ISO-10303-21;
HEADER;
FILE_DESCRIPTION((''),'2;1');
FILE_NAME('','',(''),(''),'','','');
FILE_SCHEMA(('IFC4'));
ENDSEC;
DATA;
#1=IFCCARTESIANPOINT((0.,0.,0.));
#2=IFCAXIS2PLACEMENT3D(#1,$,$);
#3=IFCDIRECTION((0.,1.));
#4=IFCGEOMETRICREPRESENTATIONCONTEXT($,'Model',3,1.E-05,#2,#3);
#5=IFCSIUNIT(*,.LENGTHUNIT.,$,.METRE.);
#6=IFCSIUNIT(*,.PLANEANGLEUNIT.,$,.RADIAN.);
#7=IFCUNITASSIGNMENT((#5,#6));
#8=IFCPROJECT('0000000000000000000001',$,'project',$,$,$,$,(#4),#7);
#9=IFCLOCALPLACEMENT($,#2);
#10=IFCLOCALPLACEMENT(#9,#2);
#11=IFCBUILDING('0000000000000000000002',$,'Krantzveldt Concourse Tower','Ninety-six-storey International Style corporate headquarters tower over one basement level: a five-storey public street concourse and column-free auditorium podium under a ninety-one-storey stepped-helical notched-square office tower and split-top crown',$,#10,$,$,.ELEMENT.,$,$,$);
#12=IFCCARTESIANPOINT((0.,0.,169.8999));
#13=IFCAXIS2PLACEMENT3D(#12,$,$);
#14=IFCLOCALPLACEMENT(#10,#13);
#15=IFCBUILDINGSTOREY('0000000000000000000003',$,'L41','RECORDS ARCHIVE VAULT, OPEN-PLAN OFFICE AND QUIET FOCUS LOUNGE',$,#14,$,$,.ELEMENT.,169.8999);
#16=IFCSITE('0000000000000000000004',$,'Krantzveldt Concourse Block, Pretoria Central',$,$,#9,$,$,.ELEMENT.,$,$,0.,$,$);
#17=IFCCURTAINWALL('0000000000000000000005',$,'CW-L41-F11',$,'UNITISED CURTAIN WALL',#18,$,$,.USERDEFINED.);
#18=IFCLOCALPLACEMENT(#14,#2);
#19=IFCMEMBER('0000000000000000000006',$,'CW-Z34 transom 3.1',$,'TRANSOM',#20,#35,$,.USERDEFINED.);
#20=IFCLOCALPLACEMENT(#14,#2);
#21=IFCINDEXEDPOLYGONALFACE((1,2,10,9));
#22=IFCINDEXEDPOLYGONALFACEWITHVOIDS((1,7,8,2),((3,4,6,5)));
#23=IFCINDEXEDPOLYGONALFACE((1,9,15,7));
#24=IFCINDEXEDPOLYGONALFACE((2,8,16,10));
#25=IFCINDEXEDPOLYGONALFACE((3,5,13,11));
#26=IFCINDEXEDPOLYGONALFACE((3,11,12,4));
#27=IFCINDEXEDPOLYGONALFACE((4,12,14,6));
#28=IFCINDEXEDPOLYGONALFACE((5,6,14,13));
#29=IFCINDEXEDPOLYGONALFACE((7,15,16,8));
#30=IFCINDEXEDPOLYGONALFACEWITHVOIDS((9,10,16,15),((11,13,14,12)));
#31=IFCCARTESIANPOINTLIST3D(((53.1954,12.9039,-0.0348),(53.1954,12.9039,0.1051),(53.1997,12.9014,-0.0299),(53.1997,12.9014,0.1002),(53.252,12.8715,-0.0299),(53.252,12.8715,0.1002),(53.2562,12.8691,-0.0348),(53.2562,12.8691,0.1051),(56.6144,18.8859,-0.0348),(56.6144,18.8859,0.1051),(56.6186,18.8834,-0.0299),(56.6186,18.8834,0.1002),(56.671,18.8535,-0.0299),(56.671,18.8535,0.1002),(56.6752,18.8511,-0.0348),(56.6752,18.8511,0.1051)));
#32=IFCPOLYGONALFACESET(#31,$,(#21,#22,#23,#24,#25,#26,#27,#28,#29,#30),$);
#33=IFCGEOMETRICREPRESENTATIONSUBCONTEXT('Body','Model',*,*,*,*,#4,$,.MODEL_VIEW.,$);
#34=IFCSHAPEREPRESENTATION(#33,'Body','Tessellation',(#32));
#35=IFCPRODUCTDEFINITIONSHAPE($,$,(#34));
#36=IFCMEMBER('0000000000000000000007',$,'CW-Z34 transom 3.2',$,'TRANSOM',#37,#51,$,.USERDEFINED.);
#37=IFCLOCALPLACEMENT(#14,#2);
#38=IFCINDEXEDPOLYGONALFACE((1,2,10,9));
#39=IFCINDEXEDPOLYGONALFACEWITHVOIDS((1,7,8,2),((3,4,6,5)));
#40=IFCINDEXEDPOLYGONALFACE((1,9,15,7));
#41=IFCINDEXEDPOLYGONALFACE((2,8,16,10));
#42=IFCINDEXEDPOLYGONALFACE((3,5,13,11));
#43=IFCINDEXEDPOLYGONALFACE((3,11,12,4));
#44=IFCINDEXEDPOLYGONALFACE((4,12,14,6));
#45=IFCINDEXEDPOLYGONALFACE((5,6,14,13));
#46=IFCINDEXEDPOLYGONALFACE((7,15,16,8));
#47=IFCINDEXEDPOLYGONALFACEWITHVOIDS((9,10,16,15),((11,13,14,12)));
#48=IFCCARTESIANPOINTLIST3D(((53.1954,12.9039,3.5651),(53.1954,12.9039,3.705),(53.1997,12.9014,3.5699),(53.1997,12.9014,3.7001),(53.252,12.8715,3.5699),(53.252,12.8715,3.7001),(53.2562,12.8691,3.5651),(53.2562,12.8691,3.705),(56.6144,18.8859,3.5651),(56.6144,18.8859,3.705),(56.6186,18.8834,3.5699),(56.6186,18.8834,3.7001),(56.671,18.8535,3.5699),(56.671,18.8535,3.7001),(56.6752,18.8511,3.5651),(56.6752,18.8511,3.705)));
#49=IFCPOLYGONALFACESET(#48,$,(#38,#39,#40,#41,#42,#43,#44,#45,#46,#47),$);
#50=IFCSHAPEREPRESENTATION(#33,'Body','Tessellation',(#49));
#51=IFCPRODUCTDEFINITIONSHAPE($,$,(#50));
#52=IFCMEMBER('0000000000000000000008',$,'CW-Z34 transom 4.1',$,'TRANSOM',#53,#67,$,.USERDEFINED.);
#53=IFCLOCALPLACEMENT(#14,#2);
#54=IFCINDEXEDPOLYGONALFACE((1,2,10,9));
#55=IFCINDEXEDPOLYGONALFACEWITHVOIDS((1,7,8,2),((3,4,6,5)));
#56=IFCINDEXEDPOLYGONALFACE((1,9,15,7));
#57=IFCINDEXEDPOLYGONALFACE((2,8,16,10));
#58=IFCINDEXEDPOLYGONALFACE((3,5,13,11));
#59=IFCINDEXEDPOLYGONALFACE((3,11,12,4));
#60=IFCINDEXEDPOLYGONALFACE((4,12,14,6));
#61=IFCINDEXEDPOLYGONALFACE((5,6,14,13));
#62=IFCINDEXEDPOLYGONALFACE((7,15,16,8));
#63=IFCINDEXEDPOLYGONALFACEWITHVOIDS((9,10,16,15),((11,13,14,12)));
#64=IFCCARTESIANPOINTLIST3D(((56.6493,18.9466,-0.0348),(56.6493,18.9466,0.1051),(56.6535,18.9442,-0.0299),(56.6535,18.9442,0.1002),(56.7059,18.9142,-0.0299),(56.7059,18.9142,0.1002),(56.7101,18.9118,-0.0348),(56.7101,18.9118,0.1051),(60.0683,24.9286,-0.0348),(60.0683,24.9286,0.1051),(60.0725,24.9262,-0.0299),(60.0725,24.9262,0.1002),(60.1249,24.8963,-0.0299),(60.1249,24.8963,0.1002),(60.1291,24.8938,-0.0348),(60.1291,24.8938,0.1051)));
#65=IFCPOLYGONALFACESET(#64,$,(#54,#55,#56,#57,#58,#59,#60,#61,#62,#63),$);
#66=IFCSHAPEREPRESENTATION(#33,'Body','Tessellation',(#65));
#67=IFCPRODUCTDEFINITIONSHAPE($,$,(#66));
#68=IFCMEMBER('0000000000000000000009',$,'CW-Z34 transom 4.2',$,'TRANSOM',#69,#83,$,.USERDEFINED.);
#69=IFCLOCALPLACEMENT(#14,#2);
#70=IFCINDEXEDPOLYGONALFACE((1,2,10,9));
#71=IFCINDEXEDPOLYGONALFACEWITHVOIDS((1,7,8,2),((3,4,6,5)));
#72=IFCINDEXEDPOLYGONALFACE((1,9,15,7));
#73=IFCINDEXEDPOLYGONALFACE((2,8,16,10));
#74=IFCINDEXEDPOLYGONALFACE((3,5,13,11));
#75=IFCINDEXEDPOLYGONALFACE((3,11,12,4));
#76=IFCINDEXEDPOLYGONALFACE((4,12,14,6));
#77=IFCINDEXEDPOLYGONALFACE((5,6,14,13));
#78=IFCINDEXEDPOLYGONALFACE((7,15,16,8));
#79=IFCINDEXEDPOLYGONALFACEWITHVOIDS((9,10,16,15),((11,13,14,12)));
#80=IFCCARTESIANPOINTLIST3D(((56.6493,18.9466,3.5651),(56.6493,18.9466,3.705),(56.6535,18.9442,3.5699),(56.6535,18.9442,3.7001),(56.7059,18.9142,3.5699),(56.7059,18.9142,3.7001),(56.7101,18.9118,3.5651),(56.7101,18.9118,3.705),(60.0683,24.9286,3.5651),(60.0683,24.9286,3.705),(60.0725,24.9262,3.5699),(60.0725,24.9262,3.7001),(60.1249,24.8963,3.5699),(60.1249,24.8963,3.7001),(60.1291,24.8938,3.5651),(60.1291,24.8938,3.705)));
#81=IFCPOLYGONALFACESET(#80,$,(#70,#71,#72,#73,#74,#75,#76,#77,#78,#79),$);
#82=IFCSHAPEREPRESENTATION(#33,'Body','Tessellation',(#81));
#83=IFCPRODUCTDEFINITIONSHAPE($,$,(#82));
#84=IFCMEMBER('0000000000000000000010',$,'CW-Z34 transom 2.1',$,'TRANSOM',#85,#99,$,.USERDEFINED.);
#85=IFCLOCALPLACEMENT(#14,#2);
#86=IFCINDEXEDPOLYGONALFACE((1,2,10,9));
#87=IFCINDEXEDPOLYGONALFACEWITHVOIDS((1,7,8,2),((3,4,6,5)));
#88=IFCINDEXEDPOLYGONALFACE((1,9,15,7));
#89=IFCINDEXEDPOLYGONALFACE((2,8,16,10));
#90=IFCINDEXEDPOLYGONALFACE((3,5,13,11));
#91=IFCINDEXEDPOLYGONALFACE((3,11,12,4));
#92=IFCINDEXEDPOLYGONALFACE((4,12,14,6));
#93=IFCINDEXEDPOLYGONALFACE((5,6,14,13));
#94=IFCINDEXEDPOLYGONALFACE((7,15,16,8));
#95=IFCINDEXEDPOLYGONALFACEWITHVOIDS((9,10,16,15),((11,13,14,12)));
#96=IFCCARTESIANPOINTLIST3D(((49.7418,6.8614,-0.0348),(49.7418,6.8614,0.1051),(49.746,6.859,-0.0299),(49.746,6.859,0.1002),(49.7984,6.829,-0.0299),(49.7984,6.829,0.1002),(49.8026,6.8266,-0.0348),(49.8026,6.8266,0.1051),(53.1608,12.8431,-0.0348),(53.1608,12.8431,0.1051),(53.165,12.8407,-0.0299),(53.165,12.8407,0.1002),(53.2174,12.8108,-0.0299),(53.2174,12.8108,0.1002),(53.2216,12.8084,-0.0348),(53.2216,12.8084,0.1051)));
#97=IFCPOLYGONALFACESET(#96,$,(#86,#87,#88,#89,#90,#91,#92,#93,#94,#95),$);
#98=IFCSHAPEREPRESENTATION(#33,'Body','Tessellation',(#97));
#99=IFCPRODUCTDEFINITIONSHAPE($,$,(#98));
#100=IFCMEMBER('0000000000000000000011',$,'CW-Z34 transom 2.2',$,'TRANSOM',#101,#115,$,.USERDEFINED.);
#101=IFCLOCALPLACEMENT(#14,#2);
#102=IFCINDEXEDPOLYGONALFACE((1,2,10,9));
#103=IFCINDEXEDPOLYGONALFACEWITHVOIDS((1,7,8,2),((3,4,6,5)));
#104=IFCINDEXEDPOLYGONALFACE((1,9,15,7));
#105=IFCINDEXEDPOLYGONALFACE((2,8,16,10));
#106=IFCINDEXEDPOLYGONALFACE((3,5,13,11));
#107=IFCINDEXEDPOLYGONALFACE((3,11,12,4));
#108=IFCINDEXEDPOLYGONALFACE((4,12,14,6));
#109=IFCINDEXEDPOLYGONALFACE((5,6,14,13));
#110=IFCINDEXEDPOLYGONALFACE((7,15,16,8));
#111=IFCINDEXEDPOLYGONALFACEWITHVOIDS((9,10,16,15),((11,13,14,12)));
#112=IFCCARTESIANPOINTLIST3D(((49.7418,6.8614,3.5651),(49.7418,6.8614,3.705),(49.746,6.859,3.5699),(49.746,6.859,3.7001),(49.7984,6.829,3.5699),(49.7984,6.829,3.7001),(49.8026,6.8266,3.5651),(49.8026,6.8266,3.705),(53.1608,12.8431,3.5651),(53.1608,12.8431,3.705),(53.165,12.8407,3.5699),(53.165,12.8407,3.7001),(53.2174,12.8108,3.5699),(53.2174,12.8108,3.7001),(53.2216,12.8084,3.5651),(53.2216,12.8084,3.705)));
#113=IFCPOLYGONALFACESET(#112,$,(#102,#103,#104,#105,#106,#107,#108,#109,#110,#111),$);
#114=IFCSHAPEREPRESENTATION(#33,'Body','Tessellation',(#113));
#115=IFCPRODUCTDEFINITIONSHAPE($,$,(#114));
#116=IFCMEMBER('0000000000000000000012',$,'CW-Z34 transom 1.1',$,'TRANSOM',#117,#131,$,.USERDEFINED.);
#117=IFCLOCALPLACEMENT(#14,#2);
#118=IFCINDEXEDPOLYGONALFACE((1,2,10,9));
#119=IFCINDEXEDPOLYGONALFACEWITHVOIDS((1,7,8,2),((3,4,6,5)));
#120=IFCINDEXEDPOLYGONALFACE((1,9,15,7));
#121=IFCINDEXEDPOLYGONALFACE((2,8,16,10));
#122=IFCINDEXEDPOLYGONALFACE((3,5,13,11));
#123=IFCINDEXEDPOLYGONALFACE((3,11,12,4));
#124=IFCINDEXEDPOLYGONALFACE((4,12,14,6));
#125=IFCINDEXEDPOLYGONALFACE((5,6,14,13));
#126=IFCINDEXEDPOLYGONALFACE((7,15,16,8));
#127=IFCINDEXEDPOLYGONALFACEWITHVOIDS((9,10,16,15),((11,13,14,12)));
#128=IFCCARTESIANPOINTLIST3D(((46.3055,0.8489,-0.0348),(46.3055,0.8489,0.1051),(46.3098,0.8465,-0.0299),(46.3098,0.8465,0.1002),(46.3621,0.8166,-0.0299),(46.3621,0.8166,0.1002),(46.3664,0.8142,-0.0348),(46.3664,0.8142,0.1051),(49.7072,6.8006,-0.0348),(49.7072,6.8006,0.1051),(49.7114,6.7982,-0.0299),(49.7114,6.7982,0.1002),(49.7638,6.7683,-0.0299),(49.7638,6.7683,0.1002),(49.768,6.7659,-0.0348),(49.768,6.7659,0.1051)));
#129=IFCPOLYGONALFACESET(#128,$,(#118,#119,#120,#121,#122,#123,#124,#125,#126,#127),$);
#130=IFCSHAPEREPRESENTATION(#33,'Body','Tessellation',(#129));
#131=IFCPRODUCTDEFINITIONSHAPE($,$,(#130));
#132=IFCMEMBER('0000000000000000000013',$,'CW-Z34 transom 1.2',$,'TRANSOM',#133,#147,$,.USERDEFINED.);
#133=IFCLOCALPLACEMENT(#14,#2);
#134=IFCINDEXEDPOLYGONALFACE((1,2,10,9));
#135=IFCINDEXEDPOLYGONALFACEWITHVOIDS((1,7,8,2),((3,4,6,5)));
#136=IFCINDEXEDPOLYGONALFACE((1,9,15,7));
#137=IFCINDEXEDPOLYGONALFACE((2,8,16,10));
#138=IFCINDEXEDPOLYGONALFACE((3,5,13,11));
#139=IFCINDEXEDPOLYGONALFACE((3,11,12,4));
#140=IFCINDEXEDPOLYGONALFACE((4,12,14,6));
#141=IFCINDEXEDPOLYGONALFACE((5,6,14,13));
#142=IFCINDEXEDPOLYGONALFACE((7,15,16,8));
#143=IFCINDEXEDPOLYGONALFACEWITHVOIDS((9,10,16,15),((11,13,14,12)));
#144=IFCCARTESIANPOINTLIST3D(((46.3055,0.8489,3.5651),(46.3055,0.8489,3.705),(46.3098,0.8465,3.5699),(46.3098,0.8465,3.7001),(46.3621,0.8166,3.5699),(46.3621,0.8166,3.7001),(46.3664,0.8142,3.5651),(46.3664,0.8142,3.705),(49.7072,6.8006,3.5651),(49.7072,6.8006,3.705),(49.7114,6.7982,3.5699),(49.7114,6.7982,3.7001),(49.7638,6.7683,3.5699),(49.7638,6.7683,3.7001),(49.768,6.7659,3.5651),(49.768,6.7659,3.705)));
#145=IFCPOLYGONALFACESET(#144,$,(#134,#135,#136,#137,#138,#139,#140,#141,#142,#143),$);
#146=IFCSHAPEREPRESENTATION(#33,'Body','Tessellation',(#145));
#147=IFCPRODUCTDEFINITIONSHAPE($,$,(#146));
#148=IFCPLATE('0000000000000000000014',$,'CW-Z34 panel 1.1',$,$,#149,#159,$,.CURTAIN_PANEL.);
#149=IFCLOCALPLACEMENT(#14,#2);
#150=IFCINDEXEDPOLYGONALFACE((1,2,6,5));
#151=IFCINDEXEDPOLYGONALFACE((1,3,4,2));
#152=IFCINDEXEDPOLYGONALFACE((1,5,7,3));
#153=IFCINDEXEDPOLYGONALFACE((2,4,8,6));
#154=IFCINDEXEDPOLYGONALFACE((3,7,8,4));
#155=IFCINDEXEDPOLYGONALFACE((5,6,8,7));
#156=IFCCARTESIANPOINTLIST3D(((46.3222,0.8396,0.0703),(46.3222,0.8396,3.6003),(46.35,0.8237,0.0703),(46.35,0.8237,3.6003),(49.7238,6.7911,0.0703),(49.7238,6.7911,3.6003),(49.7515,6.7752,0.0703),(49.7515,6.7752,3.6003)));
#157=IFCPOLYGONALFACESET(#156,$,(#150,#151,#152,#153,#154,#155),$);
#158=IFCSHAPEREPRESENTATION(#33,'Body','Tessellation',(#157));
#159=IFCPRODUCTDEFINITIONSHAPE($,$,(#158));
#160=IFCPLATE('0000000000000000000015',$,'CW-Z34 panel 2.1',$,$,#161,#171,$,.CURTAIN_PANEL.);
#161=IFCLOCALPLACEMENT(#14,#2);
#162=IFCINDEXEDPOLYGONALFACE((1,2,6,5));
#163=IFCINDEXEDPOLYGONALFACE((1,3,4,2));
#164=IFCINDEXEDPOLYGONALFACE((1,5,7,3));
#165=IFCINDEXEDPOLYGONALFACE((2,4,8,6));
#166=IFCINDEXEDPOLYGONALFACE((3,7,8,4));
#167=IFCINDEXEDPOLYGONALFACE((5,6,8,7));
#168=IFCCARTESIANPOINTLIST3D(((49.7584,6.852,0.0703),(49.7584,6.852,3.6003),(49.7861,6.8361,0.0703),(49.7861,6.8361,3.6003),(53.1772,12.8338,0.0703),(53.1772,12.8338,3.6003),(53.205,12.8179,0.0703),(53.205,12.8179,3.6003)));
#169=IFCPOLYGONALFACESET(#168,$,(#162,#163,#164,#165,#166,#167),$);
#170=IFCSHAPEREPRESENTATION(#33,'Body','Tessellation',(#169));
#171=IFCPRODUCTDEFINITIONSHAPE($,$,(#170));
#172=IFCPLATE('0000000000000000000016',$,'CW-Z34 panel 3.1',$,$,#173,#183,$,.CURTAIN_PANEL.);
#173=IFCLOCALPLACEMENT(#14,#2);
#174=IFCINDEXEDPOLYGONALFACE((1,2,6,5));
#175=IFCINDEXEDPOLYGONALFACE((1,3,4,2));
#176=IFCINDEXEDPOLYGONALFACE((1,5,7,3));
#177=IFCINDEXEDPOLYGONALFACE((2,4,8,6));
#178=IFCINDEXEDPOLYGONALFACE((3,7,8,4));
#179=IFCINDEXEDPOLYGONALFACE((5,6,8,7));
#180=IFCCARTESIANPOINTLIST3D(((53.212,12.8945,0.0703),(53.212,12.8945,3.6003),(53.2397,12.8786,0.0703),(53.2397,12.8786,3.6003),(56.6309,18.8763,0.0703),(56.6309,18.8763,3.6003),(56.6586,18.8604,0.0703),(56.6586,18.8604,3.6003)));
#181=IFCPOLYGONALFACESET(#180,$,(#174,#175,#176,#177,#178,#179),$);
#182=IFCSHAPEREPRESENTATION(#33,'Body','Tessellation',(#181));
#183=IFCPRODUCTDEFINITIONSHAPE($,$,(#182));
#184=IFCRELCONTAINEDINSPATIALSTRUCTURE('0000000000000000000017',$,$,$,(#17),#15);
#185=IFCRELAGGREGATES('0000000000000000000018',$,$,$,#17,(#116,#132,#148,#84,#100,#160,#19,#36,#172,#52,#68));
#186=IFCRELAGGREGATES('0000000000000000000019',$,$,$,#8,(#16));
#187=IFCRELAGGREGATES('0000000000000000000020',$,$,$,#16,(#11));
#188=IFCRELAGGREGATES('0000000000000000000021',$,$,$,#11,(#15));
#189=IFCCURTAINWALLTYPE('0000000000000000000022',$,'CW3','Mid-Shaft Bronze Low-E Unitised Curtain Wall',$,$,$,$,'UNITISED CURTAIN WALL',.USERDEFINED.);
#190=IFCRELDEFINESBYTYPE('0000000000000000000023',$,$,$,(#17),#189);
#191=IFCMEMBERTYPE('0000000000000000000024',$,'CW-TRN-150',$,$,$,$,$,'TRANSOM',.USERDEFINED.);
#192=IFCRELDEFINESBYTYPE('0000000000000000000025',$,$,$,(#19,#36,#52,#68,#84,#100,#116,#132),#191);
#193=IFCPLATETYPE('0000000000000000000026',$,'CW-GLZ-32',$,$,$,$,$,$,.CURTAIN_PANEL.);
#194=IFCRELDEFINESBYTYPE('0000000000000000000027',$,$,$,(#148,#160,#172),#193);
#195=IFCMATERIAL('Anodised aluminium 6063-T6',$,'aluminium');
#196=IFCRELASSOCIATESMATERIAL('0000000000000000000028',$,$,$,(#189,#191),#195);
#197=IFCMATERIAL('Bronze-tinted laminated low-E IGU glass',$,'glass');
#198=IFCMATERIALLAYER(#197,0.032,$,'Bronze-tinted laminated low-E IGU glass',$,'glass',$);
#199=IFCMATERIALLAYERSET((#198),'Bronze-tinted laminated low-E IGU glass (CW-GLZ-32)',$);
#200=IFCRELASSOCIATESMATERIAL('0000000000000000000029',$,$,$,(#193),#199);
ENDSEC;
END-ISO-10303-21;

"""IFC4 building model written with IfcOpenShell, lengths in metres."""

from ifc_helpers import new_model, si_unit, direction, frame, origin, origin_2d, place, context, subcontext, project, spatial, rectangle, hollow_rectangle, extrude, source, transform, mapped, material, layer, layer_set, material_profile, profile_set, type_object, type_shapes, element, aggregate, save


model = new_model("IFC4")

# Units and contexts
model_context = context("Model", 3, precision=1e-05, world=origin(), true_north=direction((0.0, 1.0)))
body_context = subcontext(model_context, "Body", "Model", "MODEL_VIEW")
ifc_project = project(units=[si_unit("LENGTHUNIT", "METRE"), si_unit("PLANEANGLEUNIT", "RADIAN")], contexts=[model_context])

# Site, building, storey
site_placement = place(None, origin())
site = spatial("IfcSite", under=ifc_project, at=site_placement, Name="Krantzveldt Concourse Block, Pretoria Central", CompositionType="ELEMENT", RefElevation=0.0)
building_placement = place(site_placement, origin())
building = spatial("IfcBuilding", under=site, at=building_placement, Name="Krantzveldt Concourse Tower", Description="Ninety-six-storey International Style corporate headquarters tower over one basement level: a five-storey public street concourse and column-free auditorium podium under a ninety-one-storey stepped-helical notched-square office tower and split-top crown", CompositionType="ELEMENT")
storey_placement = place(building_placement, frame((0.0, 0.0, 169.8999)))
storey = spatial("IfcBuildingStorey", under=building, at=storey_placement, Name="L41", Description="RECORDS ARCHIVE VAULT, OPEN-PLAN OFFICE AND QUIET FOCUS LOUNGE", CompositionType="ELEMENT", Elevation=169.8999)

# Curtain wall, members, plates
ifc_material_1 = material(Name="Anodised aluminium 6063-T6", Category="aluminium")
curtain_wall_type = type_object("IfcCurtainWallType", Name="CW3", Description="Mid-Shaft Bronze Low-E Unitised Curtain Wall", ElementType="UNITISED CURTAIN WALL", PredefinedType="USERDEFINED", material=ifc_material_1)
curtain_wall_placement = place(storey_placement, origin())
curtain_wall = element("IfcCurtainWall", 1, at=curtain_wall_placement, inside=storey, type_object=curtain_wall_type, Name="CW-L41-F11", ObjectType="UNITISED CURTAIN WALL", PredefinedType="USERDEFINED")
ifc_material_profile_1 = material_profile(ifc_material_1, hollow_rectangle(XDim=0.0701, YDim=0.1399, WallThickness=0.0049, at=origin_2d()), Name="Anodised aluminium 6063-T6", Category="aluminium")
ifc_profile_set_1 = profile_set([ifc_material_profile_1], Name="Anodised aluminium 6063-T6 - ALU-TRAN 140x70x5")
member_type_1 = type_object("IfcMemberType", Name="CW-TRN-150", ElementType="TRANSOM", PredefinedType="USERDEFINED", material=ifc_profile_set_1)
shared_shape_1 = source(origin(), body_context, "Body", "SweptSolid", [
    extrude(hollow_rectangle(XDim=0.0701, YDim=0.1399, WallThickness=0.0049, at=origin_2d()), origin(), (0.0, 0.0, 1.0), 6.8901),
])
member_1_placement = place(storey_placement, frame((53.2258, 12.8865, 0.0352), z_axis=(0.496215, 0.8682, 0.0), x_axis=(-0.8682, 0.496215, 0.0)))
member_1 = element("IfcMember", 2, at=member_1_placement, type_object=member_type_1, Name="CW-Z34 transom 3.1", ObjectType="TRANSOM", PredefinedType="USERDEFINED", context=body_context, shape_type="MappedRepresentation", body=[
    mapped(shared_shape_1, transform((0.0, 0.0, 0.0), x_axis=(1.0, 0.0, 0.0), y_axis=(0.0, 1.0, 0.0), z_axis=(0.0, 0.0, 1.0), scale=1.0)),
])
member_2_placement = place(storey_placement, frame((53.2258, 12.8865, 3.635), z_axis=(0.496215, 0.8682, 0.0), x_axis=(-0.8682, 0.496215, 0.0)))
member_2 = element("IfcMember", 3, at=member_2_placement, type_object=member_type_1, Name="CW-Z34 transom 3.2", ObjectType="TRANSOM", PredefinedType="USERDEFINED", context=body_context, shape_type="MappedRepresentation", body=[
    mapped(shared_shape_1, transform((0.0, 0.0, 0.0), x_axis=(1.0, 0.0, 0.0), y_axis=(0.0, 1.0, 0.0), z_axis=(0.0, 0.0, 1.0), scale=1.0)),
])
member_3_placement = place(storey_placement, frame((56.6797, 18.9292, 0.0352), z_axis=(0.496215, 0.8682, 0.0), x_axis=(-0.8682, 0.496215, 0.0)))
member_3 = element("IfcMember", 4, at=member_3_placement, type_object=member_type_1, Name="CW-Z34 transom 4.1", ObjectType="TRANSOM", PredefinedType="USERDEFINED", context=body_context, shape_type="MappedRepresentation", body=[
    mapped(shared_shape_1, transform((0.0, 0.0, 0.0), x_axis=(1.0, 0.0, 0.0), y_axis=(0.0, 1.0, 0.0), z_axis=(0.0, 0.0, 1.0), scale=1.0)),
])
member_4_placement = place(storey_placement, frame((56.6797, 18.9292, 3.635), z_axis=(0.496215, 0.8682, 0.0), x_axis=(-0.8682, 0.496215, 0.0)))
member_4 = element("IfcMember", 5, at=member_4_placement, type_object=member_type_1, Name="CW-Z34 transom 4.2", ObjectType="TRANSOM", PredefinedType="USERDEFINED", context=body_context, shape_type="MappedRepresentation", body=[
    mapped(shared_shape_1, transform((0.0, 0.0, 0.0), x_axis=(1.0, 0.0, 0.0), y_axis=(0.0, 1.0, 0.0), z_axis=(0.0, 0.0, 1.0), scale=1.0)),
])
shared_shape_2 = source(origin(), body_context, "Body", "SweptSolid", [
    extrude(hollow_rectangle(XDim=0.0701, YDim=0.1399, WallThickness=0.0049, at=origin_2d()), origin(), (0.0, 0.0, 1.0), 6.8899),
])
member_5_placement = place(storey_placement, frame((49.7722, 6.844, 0.0352), z_axis=(0.496231, 0.868191, 0.0), x_axis=(-0.868191, 0.496231, 0.0)))
member_5 = element("IfcMember", 6, at=member_5_placement, type_object=member_type_1, Name="CW-Z34 transom 2.1", ObjectType="TRANSOM", PredefinedType="USERDEFINED", context=body_context, shape_type="MappedRepresentation", body=[
    mapped(shared_shape_2, transform((0.0, 0.0, 0.0), x_axis=(1.0, 0.0, 0.0), y_axis=(0.0, 1.0, 0.0), z_axis=(0.0, 0.0, 1.0), scale=1.0)),
])
member_6_placement = place(storey_placement, frame((49.7722, 6.844, 3.635), z_axis=(0.496231, 0.868191, 0.0), x_axis=(-0.868191, 0.496231, 0.0)))
member_6 = element("IfcMember", 7, at=member_6_placement, type_object=member_type_1, Name="CW-Z34 transom 2.2", ObjectType="TRANSOM", PredefinedType="USERDEFINED", context=body_context, shape_type="MappedRepresentation", body=[
    mapped(shared_shape_2, transform((0.0, 0.0, 0.0), x_axis=(1.0, 0.0, 0.0), y_axis=(0.0, 1.0, 0.0), z_axis=(0.0, 0.0, 1.0), scale=1.0)),
])
shared_shape_3 = source(origin(), body_context, "Body", "SweptSolid", [
    extrude(hollow_rectangle(XDim=0.0701, YDim=0.1399, WallThickness=0.0049, at=origin_2d()), origin(), (0.0, 0.0, 1.0), 6.8552),
])
type_shapes(member_type_1, [shared_shape_1, shared_shape_2, shared_shape_3])
member_7_placement = place(storey_placement, frame((46.3359, 0.8315, 0.0352), z_axis=(0.496212, 0.868201, 0.0), x_axis=(-0.868201, 0.496212, 0.0)))
member_7 = element("IfcMember", 8, at=member_7_placement, type_object=member_type_1, Name="CW-Z34 transom 1.1", ObjectType="TRANSOM", PredefinedType="USERDEFINED", context=body_context, shape_type="MappedRepresentation", body=[
    mapped(shared_shape_3, transform((0.0, 0.0, 0.0), x_axis=(1.0, 0.0, 0.0), y_axis=(0.0, 1.0, 0.0), z_axis=(0.0, 0.0, 1.0), scale=1.0)),
])
member_8_placement = place(storey_placement, frame((46.3359, 0.8315, 3.635), z_axis=(0.496212, 0.868201, 0.0), x_axis=(-0.868201, 0.496212, 0.0)))
member_8 = element("IfcMember", 9, at=member_8_placement, type_object=member_type_1, Name="CW-Z34 transom 1.2", ObjectType="TRANSOM", PredefinedType="USERDEFINED", context=body_context, shape_type="MappedRepresentation", body=[
    mapped(shared_shape_3, transform((0.0, 0.0, 0.0), x_axis=(1.0, 0.0, 0.0), y_axis=(0.0, 1.0, 0.0), z_axis=(0.0, 0.0, 1.0), scale=1.0)),
])
ifc_material_2 = material(Name="Bronze-tinted laminated low-E IGU glass", Category="glass")
ifc_layer_1 = layer(ifc_material_2, 0.032, Name="Bronze-tinted laminated low-E IGU glass", Category="glass")
ifc_layer_set_1 = layer_set([ifc_layer_1], Name="Bronze-tinted laminated low-E IGU glass (CW-GLZ-32)")
plate_type = type_object("IfcPlateType", Name="CW-GLZ-32", PredefinedType="CURTAIN_PANEL", material=ifc_layer_set_1)
shared_shape_4 = source(origin(), body_context, "Body", "SweptSolid", [
    extrude(rectangle(XDim=6.855, YDim=0.032, at=origin_2d()), origin(), (0.0, 0.0, 1.0), 3.53),
])
plate_1_placement = place(storey_placement, frame((48.0369, 3.8074, 0.0703), z_axis=(0.0, 0.0, 1.0), x_axis=(0.496216, 0.868199, 0.0)))
plate_1 = element("IfcPlate", 10, at=plate_1_placement, type_object=plate_type, Name="CW-Z34 panel 1.1", PredefinedType="CURTAIN_PANEL", context=body_context, shape_type="MappedRepresentation", body=[
    mapped(shared_shape_4, transform((0.0, 0.0, 0.0), x_axis=(1.0, 0.0, 0.0), y_axis=(0.0, 1.0, 0.0), z_axis=(0.0, 0.0, 1.0), scale=1.0)),
])
shared_shape_5 = source(origin(), body_context, "Body", "SweptSolid", [
    extrude(rectangle(XDim=6.8899, YDim=0.032, at=origin_2d()), origin(), (0.0, 0.0, 1.0), 3.53),
])
type_shapes(plate_type, [shared_shape_4, shared_shape_5])
plate_2_placement = place(storey_placement, frame((51.4817, 9.835, 0.0703), z_axis=(0.0, 0.0, 1.0), x_axis=(0.496216, 0.868199, 0.0)))
plate_2 = element("IfcPlate", 11, at=plate_2_placement, type_object=plate_type, Name="CW-Z34 panel 2.1", PredefinedType="CURTAIN_PANEL", context=body_context, shape_type="MappedRepresentation", body=[
    mapped(shared_shape_5, transform((0.0, 0.0, 0.0), x_axis=(1.0, 0.0, 0.0), y_axis=(0.0, 1.0, 0.0), z_axis=(0.0, 0.0, 1.0), scale=1.0)),
])
plate_3_placement = place(storey_placement, frame((54.9353, 15.8774, 0.0703), z_axis=(0.0, 0.0, 1.0), x_axis=(0.496216, 0.868199, 0.0)))
plate_3 = element("IfcPlate", 12, at=plate_3_placement, type_object=plate_type, Name="CW-Z34 panel 3.1", PredefinedType="CURTAIN_PANEL", context=body_context, shape_type="MappedRepresentation", body=[
    mapped(shared_shape_5, transform((0.0, 0.0, 0.0), x_axis=(1.0, 0.0, 0.0), y_axis=(0.0, 1.0, 0.0), z_axis=(0.0, 0.0, 1.0), scale=1.0)),
])
aggregate(curtain_wall, [member_7, member_8, plate_1, member_5, member_6, plate_2, member_1, member_2, plate_3, member_3, member_4])

save(model, "model.ifc")
